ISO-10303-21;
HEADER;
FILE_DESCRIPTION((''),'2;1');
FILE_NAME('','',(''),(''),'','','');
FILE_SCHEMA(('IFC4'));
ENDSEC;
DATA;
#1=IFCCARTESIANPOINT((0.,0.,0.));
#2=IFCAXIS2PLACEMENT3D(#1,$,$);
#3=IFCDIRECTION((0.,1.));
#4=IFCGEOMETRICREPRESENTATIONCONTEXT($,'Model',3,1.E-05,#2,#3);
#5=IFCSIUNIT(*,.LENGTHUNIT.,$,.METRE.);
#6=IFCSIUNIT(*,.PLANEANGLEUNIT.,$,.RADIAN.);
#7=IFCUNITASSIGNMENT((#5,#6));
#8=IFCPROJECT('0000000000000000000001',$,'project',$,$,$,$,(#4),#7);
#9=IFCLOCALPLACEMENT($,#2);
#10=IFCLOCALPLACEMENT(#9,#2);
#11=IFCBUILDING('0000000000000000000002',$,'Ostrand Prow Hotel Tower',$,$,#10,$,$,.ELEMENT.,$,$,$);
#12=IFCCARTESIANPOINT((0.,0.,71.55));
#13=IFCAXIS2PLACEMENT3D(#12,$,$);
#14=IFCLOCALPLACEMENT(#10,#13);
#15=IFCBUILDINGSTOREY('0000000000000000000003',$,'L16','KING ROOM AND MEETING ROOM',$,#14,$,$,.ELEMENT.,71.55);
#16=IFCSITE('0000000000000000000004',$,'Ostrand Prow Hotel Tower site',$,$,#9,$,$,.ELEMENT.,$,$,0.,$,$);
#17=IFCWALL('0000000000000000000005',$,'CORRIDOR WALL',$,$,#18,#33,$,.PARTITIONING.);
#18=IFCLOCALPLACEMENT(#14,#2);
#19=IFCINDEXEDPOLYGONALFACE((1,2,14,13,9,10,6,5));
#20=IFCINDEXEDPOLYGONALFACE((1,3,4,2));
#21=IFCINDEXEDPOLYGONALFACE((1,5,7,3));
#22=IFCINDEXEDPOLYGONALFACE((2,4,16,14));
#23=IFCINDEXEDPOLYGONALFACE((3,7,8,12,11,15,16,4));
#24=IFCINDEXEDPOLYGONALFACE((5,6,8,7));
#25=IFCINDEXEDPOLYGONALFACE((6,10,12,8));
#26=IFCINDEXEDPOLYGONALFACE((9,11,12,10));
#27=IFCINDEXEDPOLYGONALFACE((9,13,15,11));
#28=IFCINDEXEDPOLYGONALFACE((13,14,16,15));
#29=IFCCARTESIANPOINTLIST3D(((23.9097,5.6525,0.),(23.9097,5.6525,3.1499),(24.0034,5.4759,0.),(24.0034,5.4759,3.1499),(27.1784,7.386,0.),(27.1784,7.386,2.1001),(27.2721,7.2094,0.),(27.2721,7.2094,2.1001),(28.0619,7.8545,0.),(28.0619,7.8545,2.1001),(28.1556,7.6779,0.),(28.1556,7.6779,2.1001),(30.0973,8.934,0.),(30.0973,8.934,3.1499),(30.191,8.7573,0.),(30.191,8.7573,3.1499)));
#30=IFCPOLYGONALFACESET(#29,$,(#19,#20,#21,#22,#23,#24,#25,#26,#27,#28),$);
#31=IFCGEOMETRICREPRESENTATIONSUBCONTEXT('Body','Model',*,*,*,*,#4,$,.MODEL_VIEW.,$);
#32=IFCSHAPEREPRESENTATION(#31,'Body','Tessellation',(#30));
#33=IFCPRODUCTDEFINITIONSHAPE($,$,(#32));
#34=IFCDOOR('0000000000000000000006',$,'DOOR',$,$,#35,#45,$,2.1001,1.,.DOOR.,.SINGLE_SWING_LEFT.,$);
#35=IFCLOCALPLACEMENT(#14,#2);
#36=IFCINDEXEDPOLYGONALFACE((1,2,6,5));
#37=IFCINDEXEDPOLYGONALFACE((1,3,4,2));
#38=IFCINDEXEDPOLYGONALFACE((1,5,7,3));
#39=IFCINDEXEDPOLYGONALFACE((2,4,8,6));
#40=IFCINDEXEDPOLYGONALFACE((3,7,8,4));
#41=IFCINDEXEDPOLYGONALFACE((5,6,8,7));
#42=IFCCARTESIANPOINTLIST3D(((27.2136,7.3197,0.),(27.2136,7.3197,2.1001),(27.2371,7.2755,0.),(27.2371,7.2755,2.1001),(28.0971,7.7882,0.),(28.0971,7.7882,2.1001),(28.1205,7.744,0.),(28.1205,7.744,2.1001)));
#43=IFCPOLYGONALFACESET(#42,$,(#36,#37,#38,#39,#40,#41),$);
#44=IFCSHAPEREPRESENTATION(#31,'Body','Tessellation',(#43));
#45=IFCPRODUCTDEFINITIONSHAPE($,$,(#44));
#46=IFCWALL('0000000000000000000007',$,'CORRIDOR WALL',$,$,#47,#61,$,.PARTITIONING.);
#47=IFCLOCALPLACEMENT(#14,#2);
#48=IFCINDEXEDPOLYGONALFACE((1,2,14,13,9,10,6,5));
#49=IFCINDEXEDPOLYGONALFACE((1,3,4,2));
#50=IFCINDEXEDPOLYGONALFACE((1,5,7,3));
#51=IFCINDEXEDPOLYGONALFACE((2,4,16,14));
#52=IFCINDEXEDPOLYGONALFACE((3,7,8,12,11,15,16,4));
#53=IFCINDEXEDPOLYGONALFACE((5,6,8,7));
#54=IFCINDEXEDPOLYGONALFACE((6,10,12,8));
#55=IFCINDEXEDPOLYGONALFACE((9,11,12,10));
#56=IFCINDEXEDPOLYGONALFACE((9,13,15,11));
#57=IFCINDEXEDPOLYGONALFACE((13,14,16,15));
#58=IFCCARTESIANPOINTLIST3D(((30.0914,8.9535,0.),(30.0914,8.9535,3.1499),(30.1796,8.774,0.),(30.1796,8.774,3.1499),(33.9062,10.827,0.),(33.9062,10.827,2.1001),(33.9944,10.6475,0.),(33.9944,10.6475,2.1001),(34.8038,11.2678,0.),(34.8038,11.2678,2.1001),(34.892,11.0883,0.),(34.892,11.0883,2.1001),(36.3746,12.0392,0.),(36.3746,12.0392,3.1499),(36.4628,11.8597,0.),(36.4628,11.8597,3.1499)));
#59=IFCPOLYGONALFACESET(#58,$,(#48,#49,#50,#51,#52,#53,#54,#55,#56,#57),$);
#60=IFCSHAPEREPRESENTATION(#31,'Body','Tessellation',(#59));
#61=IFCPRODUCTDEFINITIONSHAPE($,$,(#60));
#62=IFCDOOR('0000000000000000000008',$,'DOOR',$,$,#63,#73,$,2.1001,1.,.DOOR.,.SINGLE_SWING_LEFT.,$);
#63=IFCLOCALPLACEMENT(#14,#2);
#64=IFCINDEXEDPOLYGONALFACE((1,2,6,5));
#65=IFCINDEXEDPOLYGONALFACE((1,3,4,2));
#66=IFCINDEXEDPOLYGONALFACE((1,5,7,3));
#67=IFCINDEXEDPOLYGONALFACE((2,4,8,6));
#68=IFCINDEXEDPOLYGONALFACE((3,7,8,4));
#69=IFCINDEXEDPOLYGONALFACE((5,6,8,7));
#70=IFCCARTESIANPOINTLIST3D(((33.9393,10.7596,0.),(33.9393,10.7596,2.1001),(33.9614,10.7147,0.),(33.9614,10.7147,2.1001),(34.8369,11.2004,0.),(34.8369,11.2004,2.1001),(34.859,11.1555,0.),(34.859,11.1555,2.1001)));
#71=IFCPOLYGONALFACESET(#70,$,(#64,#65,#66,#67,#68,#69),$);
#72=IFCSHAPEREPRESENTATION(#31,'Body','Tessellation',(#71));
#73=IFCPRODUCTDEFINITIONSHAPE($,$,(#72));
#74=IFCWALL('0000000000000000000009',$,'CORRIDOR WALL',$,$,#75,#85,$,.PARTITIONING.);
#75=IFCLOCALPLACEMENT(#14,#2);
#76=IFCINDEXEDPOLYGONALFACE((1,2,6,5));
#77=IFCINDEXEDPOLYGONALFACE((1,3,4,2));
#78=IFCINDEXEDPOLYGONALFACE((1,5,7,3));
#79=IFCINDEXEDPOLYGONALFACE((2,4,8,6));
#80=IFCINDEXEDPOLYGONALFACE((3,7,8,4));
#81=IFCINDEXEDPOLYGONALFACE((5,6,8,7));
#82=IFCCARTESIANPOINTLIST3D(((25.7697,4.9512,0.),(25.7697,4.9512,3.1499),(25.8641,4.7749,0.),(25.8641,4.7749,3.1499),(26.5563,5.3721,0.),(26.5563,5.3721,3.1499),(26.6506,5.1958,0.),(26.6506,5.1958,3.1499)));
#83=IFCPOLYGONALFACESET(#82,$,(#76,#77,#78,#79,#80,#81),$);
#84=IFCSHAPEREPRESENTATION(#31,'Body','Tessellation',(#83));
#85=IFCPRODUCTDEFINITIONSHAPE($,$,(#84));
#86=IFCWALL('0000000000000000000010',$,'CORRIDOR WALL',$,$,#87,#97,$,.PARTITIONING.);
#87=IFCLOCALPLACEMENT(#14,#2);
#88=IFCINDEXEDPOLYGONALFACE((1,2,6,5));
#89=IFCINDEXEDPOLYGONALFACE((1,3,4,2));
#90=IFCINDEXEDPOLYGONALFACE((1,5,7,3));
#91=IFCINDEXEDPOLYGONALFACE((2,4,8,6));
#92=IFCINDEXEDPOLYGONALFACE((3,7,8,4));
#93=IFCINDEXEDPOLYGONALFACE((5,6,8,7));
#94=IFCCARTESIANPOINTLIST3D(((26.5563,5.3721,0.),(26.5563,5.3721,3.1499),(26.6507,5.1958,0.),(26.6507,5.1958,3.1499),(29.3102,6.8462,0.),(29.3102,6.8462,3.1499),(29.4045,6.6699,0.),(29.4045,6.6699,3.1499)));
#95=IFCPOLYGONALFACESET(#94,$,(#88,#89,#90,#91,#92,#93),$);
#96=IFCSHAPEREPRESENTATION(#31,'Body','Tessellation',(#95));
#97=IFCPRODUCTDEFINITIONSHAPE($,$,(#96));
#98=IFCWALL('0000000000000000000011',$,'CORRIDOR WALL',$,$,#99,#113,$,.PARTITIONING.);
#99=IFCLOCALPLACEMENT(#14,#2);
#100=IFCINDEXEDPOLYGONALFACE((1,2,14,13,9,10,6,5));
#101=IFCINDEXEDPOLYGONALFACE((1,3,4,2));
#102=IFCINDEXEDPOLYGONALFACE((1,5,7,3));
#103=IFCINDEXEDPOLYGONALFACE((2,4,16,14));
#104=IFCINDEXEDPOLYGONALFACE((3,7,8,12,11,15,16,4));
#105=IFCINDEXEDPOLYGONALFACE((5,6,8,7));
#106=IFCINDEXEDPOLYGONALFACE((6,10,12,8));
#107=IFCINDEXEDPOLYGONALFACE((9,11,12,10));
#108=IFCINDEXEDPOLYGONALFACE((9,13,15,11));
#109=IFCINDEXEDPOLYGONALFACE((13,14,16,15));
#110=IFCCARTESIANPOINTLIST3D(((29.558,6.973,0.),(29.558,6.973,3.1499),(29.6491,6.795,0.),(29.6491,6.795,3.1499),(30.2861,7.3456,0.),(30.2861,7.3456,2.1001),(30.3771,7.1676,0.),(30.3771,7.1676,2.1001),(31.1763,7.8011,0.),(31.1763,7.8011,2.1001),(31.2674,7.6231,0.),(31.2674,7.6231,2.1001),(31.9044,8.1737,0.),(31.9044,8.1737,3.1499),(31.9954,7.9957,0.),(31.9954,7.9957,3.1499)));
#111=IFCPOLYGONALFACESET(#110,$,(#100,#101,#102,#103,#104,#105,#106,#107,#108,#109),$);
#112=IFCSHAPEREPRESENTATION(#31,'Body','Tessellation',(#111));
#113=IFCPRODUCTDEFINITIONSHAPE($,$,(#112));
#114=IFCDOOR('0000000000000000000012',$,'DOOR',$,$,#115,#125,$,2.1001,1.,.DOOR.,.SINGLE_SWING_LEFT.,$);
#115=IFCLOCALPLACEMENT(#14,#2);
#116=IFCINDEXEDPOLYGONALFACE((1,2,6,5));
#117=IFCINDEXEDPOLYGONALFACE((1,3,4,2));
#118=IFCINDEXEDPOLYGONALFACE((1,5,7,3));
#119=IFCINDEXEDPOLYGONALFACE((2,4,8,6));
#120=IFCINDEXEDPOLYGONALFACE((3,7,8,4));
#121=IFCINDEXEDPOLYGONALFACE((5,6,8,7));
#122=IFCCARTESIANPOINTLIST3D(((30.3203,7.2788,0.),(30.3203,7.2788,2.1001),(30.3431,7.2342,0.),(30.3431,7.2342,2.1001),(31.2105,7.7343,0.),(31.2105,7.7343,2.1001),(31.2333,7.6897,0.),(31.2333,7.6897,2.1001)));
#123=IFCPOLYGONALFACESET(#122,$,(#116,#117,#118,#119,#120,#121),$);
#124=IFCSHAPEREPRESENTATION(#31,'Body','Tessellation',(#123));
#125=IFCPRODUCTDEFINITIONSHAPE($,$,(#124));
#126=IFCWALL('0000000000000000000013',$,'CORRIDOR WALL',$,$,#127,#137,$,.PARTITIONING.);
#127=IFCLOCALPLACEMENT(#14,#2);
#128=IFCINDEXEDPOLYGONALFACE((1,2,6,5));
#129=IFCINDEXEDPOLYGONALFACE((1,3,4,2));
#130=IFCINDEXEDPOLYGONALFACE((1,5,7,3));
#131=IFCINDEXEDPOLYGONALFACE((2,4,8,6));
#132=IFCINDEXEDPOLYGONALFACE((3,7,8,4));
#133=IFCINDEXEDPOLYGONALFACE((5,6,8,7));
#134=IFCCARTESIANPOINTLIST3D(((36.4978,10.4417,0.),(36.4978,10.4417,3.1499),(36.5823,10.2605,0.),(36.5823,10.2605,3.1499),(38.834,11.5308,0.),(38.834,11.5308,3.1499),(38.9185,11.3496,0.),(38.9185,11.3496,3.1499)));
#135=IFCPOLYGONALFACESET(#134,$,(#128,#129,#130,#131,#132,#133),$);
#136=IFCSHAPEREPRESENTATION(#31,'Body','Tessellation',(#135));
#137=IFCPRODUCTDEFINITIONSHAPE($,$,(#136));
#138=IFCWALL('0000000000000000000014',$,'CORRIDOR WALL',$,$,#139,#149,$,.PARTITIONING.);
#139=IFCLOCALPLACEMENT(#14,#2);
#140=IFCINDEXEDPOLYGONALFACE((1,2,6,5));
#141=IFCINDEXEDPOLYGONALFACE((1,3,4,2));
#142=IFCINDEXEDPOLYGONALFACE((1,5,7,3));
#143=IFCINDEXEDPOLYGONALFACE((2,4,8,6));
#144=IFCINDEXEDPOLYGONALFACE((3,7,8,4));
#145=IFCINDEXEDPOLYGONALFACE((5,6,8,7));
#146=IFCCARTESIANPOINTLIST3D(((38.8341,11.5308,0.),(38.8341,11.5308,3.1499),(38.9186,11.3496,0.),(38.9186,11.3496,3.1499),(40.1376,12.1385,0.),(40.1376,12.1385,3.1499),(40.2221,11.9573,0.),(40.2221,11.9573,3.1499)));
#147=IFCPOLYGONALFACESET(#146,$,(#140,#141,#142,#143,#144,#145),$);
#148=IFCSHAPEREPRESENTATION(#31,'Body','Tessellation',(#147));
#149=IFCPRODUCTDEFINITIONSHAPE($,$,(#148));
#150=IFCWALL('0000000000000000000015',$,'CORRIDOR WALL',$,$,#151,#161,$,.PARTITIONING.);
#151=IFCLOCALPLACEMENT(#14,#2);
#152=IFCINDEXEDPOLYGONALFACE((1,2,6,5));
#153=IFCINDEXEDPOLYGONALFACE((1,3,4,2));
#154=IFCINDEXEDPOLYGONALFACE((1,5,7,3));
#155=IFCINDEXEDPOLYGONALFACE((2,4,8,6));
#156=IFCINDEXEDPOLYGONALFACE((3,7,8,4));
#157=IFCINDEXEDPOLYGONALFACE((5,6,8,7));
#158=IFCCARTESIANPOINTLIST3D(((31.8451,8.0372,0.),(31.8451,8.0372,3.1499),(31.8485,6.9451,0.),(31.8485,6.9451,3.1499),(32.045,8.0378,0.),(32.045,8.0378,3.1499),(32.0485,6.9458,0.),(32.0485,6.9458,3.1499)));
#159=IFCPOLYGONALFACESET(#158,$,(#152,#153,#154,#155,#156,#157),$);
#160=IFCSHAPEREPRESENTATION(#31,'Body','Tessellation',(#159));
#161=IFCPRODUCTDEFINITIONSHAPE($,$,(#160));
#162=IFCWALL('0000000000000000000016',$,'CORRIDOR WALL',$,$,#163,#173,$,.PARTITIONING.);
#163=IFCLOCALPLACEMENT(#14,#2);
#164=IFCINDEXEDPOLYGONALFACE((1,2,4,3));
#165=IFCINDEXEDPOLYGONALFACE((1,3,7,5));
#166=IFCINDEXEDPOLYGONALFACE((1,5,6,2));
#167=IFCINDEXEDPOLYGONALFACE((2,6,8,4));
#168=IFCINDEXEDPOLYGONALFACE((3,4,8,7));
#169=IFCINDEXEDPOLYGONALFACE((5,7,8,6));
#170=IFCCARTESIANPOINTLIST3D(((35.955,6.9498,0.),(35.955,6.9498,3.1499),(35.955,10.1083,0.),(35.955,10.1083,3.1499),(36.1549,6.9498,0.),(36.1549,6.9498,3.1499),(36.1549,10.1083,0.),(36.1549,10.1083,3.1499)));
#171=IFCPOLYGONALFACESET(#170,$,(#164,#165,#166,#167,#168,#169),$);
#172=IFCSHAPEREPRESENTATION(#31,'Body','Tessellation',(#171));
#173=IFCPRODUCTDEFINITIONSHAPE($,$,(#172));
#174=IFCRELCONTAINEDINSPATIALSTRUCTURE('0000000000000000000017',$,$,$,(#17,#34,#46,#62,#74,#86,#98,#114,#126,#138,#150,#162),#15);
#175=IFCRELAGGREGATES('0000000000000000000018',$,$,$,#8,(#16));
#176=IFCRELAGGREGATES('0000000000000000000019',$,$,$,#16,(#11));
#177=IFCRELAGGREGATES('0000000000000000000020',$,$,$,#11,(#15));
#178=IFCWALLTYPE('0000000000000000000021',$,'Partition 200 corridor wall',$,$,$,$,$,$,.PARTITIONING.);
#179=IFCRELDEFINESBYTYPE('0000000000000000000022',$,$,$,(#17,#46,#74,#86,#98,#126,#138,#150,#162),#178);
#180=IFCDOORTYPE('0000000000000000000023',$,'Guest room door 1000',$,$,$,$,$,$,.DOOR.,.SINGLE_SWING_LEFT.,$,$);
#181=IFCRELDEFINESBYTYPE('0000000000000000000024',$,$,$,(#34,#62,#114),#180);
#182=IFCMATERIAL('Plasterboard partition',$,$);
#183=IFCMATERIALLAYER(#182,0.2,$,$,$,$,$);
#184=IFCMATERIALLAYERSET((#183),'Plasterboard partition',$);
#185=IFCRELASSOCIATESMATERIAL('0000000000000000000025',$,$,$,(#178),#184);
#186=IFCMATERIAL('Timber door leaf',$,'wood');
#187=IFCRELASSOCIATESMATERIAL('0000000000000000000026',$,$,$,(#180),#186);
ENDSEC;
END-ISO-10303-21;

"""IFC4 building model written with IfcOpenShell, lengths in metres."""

from ifc_helpers import new_model, si_unit, direction, frame, frame_2d, origin, place, context, subcontext, project, spatial, rectangle, extrude, material, layer, layer_set, type_object, element, fill, save


model = new_model("IFC4")

# Units and contexts
model_context = context("Model", 3, precision=1e-05, world=origin(), true_north=direction((0.0, 1.0)))
body_context = subcontext(model_context, "Body", "Model", "MODEL_VIEW")
ifc_project = project(units=[si_unit("LENGTHUNIT", "METRE"), si_unit("PLANEANGLEUNIT", "RADIAN")], contexts=[model_context])

# Site, building, storey
site_placement = place(None, origin())
site = spatial("IfcSite", under=ifc_project, at=site_placement, Name="Ostrand Prow Hotel Tower site", CompositionType="ELEMENT", RefElevation=0.0)
building_placement = place(site_placement, origin())
building = spatial("IfcBuilding", under=site, at=building_placement, Name="Ostrand Prow Hotel Tower", CompositionType="ELEMENT")
storey_placement = place(building_placement, frame((0.0, 0.0, 71.55)))
storey = spatial("IfcBuildingStorey", under=building, at=storey_placement, Name="L16", Description="KING ROOM AND MEETING ROOM", CompositionType="ELEMENT", Elevation=71.55)

# Walls, openings, doors
ifc_material_1 = material(Name="Plasterboard partition")
ifc_layer_1 = layer(ifc_material_1, 0.2)
ifc_layer_set_1 = layer_set([ifc_layer_1], Name="Plasterboard partition")
wall_type_1 = type_object("IfcWallType", Name="Partition 200 corridor wall", PredefinedType="PARTITIONING", material=ifc_layer_set_1)
wall_1_placement = place(storey_placement, frame((23.9565, 5.5642, 0.0), z_axis=(0.0, 0.0, 1.0), x_axis=(0.883455, 0.468515, 0.0)))
wall_1 = element("IfcWall", 1, at=wall_1_placement, inside=storey, type_object=wall_type_1, Name="CORRIDOR WALL", PredefinedType="PARTITIONING", context=body_context, shape_type="SweptSolid", body=[
    extrude(rectangle(XDim=7.0039, YDim=0.2, at=frame_2d((3.502, 0.0))), origin(), (0.0, 0.0, 1.0), 3.1499),
])
opening_1_placement = place(wall_1_placement, frame((3.7, 0.0, 0.0)))
opening_1 = element("IfcOpeningElement", 2, at=opening_1_placement, cuts=wall_1, PredefinedType="OPENING", context=body_context, shape_type="SweptSolid", body=[
    extrude(rectangle(XDim=1.0, YDim=2.1001, at=frame_2d((0.5, 1.05))), frame((0.0, 0.1099, 0.0), z_axis=(0.0, -1.0, 0.0), x_axis=(1.0, 0.0, 0.0)), (0.0, 0.0, 1.0), 0.22),
])
ifc_material_2 = material(Name="Timber door leaf", Category="wood")
door_type_1 = type_object("IfcDoorType", Name="Guest room door 1000", OperationType="SINGLE_SWING_LEFT", PredefinedType="DOOR", material=ifc_material_2)
door_1_placement = place(opening_1_placement, origin())
door_1 = element("IfcDoor", 3, at=door_1_placement, inside=storey, type_object=door_type_1, Name="DOOR", OperationType="SINGLE_SWING_LEFT", OverallHeight=2.1001, OverallWidth=1.0, PredefinedType="DOOR", context=body_context, shape_type="SweptSolid", body=[
    extrude(rectangle(XDim=1.0, YDim=2.1001, at=frame_2d((0.5, 1.05))), frame((0.0, 0.0249, 0.0), z_axis=(0.0, -1.0, 0.0), x_axis=(1.0, 0.0, 0.0)), (0.0, 0.0, 1.0), 0.05),
])
fill(opening_1, door_1)
wall_2_placement = place(storey_placement, frame((30.1355, 8.8638, 0.0), z_axis=(0.0, 0.0, 1.0), x_axis=(0.897599, 0.440813, 0.0)))
wall_2 = element("IfcWall", 4, at=wall_2_placement, inside=storey, type_object=wall_type_1, Name="CORRIDOR WALL", PredefinedType="PARTITIONING", context=body_context, shape_type="SweptSolid", body=[
    extrude(rectangle(XDim=7.0, YDim=0.2, at=frame_2d((3.5, 0.0))), origin(), (0.0, 0.0, 1.0), 3.1499),
])
opening_2_placement = place(wall_2_placement, frame((4.25, 0.0, 0.0)))
opening_2 = element("IfcOpeningElement", 5, at=opening_2_placement, cuts=wall_2, PredefinedType="OPENING", context=body_context, shape_type="SweptSolid", body=[
    extrude(rectangle(XDim=1.0, YDim=2.1001, at=frame_2d((0.5, 1.05))), frame((0.0, 0.1099, 0.0), z_axis=(0.0, -1.0, 0.0), x_axis=(1.0, 0.0, 0.0)), (0.0, 0.0, 1.0), 0.22),
])
door_2_placement = place(opening_2_placement, origin())
door_2 = element("IfcDoor", 6, at=door_2_placement, inside=storey, type_object=door_type_1, Name="DOOR", OperationType="SINGLE_SWING_LEFT", OverallHeight=2.1001, OverallWidth=1.0, PredefinedType="DOOR", context=body_context, shape_type="SweptSolid", body=[
    extrude(rectangle(XDim=1.0, YDim=2.1001, at=frame_2d((0.5, 1.05))), frame((0.0, 0.0249, 0.0), z_axis=(0.0, -1.0, 0.0), x_axis=(1.0, 0.0, 0.0)), (0.0, 0.0, 1.0), 0.05),
])
fill(opening_2, door_2)

# Walls
wall_3_placement = place(storey_placement, frame((25.8169, 4.863, 0.0), z_axis=(0.0, 0.0, 1.0), x_axis=(0.881716, 0.471781, 0.0)))
element("IfcWall", 7, at=wall_3_placement, inside=storey, type_object=wall_type_1, Name="CORRIDOR WALL", PredefinedType="PARTITIONING", context=body_context, shape_type="SweptSolid", body=[
    extrude(rectangle(XDim=0.8921, YDim=0.2, at=frame_2d((0.446, 0.0))), origin(), (0.0, 0.0, 1.0), 3.1499),
])
wall_4_placement = place(storey_placement, frame((26.6035, 5.2839, 0.0), z_axis=(0.0, 0.0, 1.0), x_axis=(0.881638, 0.471926, 0.0)))
element("IfcWall", 8, at=wall_4_placement, inside=storey, type_object=wall_type_1, Name="CORRIDOR WALL", PredefinedType="PARTITIONING", context=body_context, shape_type="SweptSolid", body=[
    extrude(rectangle(XDim=3.1235, YDim=0.2, at=frame_2d((1.5618, 0.0))), origin(), (0.0, 0.0, 1.0), 3.1499),
])

# Wall, opening, door
wall_5_placement = place(storey_placement, frame((29.6035, 6.884, 0.0), z_axis=(0.0, 0.0, 1.0), x_axis=(0.89022, 0.45553, 0.0)))
wall_5 = element("IfcWall", 9, at=wall_5_placement, inside=storey, type_object=wall_type_1, Name="CORRIDOR WALL", PredefinedType="PARTITIONING", context=body_context, shape_type="SweptSolid", body=[
    extrude(rectangle(XDim=2.6357, YDim=0.2, at=frame_2d((1.3179, 0.0))), origin(), (0.0, 0.0, 1.0), 3.1499),
])
opening_3_placement = place(wall_5_placement, frame((0.8179, 0.0, 0.0)))
opening_3 = element("IfcOpeningElement", 10, at=opening_3_placement, cuts=wall_5, PredefinedType="OPENING", context=body_context, shape_type="SweptSolid", body=[
    extrude(rectangle(XDim=1.0, YDim=2.1001, at=frame_2d((0.5, 1.05))), frame((0.0, 0.1099, 0.0), z_axis=(0.0, -1.0, 0.0), x_axis=(1.0, 0.0, 0.0)), (0.0, 0.0, 1.0), 0.22),
])
door_3_placement = place(opening_3_placement, origin())
door_3 = element("IfcDoor", 11, at=door_3_placement, inside=storey, type_object=door_type_1, Name="DOOR", OperationType="SINGLE_SWING_LEFT", OverallHeight=2.1001, OverallWidth=1.0, PredefinedType="DOOR", context=body_context, shape_type="SweptSolid", body=[
    extrude(rectangle(XDim=1.0, YDim=2.1001, at=frame_2d((0.5, 1.05))), frame((0.0, 0.0249, 0.0), z_axis=(0.0, -1.0, 0.0), x_axis=(1.0, 0.0, 0.0)), (0.0, 0.0, 1.0), 0.05),
])
fill(opening_3, door_3)

# Walls
wall_6_placement = place(storey_placement, frame((36.54, 10.3511, 0.0), z_axis=(0.0, 0.0, 1.0), x_axis=(0.906348, 0.422533, 0.0)))
element("IfcWall", 12, at=wall_6_placement, inside=storey, type_object=wall_type_1, Name="CORRIDOR WALL", PredefinedType="PARTITIONING", context=body_context, shape_type="SweptSolid", body=[
    extrude(rectangle(XDim=2.5776, YDim=0.2, at=frame_2d((1.2888, 0.0))), origin(), (0.0, 0.0, 1.0), 3.1499),
])
wall_7_placement = place(storey_placement, frame((38.8762, 11.4402, 0.0), z_axis=(0.0, 0.0, 1.0), x_axis=(0.906348, 0.422532, 0.0)))
element("IfcWall", 13, at=wall_7_placement, inside=storey, type_object=wall_type_1, Name="CORRIDOR WALL", PredefinedType="PARTITIONING", context=body_context, shape_type="SweptSolid", body=[
    extrude(rectangle(XDim=1.4382, YDim=0.2, at=frame_2d((0.7192, 0.0))), origin(), (0.0, 0.0, 1.0), 3.1499),
])
wall_8_placement = place(storey_placement, frame((31.9451, 8.0374, 0.0), z_axis=(0.0, 0.0, 1.0), x_axis=(0.00313, -0.999995, 0.0)))
element("IfcWall", 14, at=wall_8_placement, inside=storey, type_object=wall_type_1, Name="CORRIDOR WALL", PredefinedType="PARTITIONING", context=body_context, shape_type="SweptSolid", body=[
    extrude(rectangle(XDim=1.092, YDim=0.2, at=frame_2d((0.5459, 0.0))), origin(), (0.0, 0.0, 1.0), 3.1499),
])
wall_9_placement = place(storey_placement, frame((36.0549, 6.95, 0.0), z_axis=(0.0, 0.0, 1.0), x_axis=(0.0, 1.0, 0.0)))
element("IfcWall", 15, at=wall_9_placement, inside=storey, type_object=wall_type_1, Name="CORRIDOR WALL", PredefinedType="PARTITIONING", context=body_context, shape_type="SweptSolid", body=[
    extrude(rectangle(XDim=3.1584, YDim=0.2, at=frame_2d((1.5791, 0.0))), origin(), (0.0, 0.0, 1.0), 3.1499),
])

save(model, "model.ifc")
